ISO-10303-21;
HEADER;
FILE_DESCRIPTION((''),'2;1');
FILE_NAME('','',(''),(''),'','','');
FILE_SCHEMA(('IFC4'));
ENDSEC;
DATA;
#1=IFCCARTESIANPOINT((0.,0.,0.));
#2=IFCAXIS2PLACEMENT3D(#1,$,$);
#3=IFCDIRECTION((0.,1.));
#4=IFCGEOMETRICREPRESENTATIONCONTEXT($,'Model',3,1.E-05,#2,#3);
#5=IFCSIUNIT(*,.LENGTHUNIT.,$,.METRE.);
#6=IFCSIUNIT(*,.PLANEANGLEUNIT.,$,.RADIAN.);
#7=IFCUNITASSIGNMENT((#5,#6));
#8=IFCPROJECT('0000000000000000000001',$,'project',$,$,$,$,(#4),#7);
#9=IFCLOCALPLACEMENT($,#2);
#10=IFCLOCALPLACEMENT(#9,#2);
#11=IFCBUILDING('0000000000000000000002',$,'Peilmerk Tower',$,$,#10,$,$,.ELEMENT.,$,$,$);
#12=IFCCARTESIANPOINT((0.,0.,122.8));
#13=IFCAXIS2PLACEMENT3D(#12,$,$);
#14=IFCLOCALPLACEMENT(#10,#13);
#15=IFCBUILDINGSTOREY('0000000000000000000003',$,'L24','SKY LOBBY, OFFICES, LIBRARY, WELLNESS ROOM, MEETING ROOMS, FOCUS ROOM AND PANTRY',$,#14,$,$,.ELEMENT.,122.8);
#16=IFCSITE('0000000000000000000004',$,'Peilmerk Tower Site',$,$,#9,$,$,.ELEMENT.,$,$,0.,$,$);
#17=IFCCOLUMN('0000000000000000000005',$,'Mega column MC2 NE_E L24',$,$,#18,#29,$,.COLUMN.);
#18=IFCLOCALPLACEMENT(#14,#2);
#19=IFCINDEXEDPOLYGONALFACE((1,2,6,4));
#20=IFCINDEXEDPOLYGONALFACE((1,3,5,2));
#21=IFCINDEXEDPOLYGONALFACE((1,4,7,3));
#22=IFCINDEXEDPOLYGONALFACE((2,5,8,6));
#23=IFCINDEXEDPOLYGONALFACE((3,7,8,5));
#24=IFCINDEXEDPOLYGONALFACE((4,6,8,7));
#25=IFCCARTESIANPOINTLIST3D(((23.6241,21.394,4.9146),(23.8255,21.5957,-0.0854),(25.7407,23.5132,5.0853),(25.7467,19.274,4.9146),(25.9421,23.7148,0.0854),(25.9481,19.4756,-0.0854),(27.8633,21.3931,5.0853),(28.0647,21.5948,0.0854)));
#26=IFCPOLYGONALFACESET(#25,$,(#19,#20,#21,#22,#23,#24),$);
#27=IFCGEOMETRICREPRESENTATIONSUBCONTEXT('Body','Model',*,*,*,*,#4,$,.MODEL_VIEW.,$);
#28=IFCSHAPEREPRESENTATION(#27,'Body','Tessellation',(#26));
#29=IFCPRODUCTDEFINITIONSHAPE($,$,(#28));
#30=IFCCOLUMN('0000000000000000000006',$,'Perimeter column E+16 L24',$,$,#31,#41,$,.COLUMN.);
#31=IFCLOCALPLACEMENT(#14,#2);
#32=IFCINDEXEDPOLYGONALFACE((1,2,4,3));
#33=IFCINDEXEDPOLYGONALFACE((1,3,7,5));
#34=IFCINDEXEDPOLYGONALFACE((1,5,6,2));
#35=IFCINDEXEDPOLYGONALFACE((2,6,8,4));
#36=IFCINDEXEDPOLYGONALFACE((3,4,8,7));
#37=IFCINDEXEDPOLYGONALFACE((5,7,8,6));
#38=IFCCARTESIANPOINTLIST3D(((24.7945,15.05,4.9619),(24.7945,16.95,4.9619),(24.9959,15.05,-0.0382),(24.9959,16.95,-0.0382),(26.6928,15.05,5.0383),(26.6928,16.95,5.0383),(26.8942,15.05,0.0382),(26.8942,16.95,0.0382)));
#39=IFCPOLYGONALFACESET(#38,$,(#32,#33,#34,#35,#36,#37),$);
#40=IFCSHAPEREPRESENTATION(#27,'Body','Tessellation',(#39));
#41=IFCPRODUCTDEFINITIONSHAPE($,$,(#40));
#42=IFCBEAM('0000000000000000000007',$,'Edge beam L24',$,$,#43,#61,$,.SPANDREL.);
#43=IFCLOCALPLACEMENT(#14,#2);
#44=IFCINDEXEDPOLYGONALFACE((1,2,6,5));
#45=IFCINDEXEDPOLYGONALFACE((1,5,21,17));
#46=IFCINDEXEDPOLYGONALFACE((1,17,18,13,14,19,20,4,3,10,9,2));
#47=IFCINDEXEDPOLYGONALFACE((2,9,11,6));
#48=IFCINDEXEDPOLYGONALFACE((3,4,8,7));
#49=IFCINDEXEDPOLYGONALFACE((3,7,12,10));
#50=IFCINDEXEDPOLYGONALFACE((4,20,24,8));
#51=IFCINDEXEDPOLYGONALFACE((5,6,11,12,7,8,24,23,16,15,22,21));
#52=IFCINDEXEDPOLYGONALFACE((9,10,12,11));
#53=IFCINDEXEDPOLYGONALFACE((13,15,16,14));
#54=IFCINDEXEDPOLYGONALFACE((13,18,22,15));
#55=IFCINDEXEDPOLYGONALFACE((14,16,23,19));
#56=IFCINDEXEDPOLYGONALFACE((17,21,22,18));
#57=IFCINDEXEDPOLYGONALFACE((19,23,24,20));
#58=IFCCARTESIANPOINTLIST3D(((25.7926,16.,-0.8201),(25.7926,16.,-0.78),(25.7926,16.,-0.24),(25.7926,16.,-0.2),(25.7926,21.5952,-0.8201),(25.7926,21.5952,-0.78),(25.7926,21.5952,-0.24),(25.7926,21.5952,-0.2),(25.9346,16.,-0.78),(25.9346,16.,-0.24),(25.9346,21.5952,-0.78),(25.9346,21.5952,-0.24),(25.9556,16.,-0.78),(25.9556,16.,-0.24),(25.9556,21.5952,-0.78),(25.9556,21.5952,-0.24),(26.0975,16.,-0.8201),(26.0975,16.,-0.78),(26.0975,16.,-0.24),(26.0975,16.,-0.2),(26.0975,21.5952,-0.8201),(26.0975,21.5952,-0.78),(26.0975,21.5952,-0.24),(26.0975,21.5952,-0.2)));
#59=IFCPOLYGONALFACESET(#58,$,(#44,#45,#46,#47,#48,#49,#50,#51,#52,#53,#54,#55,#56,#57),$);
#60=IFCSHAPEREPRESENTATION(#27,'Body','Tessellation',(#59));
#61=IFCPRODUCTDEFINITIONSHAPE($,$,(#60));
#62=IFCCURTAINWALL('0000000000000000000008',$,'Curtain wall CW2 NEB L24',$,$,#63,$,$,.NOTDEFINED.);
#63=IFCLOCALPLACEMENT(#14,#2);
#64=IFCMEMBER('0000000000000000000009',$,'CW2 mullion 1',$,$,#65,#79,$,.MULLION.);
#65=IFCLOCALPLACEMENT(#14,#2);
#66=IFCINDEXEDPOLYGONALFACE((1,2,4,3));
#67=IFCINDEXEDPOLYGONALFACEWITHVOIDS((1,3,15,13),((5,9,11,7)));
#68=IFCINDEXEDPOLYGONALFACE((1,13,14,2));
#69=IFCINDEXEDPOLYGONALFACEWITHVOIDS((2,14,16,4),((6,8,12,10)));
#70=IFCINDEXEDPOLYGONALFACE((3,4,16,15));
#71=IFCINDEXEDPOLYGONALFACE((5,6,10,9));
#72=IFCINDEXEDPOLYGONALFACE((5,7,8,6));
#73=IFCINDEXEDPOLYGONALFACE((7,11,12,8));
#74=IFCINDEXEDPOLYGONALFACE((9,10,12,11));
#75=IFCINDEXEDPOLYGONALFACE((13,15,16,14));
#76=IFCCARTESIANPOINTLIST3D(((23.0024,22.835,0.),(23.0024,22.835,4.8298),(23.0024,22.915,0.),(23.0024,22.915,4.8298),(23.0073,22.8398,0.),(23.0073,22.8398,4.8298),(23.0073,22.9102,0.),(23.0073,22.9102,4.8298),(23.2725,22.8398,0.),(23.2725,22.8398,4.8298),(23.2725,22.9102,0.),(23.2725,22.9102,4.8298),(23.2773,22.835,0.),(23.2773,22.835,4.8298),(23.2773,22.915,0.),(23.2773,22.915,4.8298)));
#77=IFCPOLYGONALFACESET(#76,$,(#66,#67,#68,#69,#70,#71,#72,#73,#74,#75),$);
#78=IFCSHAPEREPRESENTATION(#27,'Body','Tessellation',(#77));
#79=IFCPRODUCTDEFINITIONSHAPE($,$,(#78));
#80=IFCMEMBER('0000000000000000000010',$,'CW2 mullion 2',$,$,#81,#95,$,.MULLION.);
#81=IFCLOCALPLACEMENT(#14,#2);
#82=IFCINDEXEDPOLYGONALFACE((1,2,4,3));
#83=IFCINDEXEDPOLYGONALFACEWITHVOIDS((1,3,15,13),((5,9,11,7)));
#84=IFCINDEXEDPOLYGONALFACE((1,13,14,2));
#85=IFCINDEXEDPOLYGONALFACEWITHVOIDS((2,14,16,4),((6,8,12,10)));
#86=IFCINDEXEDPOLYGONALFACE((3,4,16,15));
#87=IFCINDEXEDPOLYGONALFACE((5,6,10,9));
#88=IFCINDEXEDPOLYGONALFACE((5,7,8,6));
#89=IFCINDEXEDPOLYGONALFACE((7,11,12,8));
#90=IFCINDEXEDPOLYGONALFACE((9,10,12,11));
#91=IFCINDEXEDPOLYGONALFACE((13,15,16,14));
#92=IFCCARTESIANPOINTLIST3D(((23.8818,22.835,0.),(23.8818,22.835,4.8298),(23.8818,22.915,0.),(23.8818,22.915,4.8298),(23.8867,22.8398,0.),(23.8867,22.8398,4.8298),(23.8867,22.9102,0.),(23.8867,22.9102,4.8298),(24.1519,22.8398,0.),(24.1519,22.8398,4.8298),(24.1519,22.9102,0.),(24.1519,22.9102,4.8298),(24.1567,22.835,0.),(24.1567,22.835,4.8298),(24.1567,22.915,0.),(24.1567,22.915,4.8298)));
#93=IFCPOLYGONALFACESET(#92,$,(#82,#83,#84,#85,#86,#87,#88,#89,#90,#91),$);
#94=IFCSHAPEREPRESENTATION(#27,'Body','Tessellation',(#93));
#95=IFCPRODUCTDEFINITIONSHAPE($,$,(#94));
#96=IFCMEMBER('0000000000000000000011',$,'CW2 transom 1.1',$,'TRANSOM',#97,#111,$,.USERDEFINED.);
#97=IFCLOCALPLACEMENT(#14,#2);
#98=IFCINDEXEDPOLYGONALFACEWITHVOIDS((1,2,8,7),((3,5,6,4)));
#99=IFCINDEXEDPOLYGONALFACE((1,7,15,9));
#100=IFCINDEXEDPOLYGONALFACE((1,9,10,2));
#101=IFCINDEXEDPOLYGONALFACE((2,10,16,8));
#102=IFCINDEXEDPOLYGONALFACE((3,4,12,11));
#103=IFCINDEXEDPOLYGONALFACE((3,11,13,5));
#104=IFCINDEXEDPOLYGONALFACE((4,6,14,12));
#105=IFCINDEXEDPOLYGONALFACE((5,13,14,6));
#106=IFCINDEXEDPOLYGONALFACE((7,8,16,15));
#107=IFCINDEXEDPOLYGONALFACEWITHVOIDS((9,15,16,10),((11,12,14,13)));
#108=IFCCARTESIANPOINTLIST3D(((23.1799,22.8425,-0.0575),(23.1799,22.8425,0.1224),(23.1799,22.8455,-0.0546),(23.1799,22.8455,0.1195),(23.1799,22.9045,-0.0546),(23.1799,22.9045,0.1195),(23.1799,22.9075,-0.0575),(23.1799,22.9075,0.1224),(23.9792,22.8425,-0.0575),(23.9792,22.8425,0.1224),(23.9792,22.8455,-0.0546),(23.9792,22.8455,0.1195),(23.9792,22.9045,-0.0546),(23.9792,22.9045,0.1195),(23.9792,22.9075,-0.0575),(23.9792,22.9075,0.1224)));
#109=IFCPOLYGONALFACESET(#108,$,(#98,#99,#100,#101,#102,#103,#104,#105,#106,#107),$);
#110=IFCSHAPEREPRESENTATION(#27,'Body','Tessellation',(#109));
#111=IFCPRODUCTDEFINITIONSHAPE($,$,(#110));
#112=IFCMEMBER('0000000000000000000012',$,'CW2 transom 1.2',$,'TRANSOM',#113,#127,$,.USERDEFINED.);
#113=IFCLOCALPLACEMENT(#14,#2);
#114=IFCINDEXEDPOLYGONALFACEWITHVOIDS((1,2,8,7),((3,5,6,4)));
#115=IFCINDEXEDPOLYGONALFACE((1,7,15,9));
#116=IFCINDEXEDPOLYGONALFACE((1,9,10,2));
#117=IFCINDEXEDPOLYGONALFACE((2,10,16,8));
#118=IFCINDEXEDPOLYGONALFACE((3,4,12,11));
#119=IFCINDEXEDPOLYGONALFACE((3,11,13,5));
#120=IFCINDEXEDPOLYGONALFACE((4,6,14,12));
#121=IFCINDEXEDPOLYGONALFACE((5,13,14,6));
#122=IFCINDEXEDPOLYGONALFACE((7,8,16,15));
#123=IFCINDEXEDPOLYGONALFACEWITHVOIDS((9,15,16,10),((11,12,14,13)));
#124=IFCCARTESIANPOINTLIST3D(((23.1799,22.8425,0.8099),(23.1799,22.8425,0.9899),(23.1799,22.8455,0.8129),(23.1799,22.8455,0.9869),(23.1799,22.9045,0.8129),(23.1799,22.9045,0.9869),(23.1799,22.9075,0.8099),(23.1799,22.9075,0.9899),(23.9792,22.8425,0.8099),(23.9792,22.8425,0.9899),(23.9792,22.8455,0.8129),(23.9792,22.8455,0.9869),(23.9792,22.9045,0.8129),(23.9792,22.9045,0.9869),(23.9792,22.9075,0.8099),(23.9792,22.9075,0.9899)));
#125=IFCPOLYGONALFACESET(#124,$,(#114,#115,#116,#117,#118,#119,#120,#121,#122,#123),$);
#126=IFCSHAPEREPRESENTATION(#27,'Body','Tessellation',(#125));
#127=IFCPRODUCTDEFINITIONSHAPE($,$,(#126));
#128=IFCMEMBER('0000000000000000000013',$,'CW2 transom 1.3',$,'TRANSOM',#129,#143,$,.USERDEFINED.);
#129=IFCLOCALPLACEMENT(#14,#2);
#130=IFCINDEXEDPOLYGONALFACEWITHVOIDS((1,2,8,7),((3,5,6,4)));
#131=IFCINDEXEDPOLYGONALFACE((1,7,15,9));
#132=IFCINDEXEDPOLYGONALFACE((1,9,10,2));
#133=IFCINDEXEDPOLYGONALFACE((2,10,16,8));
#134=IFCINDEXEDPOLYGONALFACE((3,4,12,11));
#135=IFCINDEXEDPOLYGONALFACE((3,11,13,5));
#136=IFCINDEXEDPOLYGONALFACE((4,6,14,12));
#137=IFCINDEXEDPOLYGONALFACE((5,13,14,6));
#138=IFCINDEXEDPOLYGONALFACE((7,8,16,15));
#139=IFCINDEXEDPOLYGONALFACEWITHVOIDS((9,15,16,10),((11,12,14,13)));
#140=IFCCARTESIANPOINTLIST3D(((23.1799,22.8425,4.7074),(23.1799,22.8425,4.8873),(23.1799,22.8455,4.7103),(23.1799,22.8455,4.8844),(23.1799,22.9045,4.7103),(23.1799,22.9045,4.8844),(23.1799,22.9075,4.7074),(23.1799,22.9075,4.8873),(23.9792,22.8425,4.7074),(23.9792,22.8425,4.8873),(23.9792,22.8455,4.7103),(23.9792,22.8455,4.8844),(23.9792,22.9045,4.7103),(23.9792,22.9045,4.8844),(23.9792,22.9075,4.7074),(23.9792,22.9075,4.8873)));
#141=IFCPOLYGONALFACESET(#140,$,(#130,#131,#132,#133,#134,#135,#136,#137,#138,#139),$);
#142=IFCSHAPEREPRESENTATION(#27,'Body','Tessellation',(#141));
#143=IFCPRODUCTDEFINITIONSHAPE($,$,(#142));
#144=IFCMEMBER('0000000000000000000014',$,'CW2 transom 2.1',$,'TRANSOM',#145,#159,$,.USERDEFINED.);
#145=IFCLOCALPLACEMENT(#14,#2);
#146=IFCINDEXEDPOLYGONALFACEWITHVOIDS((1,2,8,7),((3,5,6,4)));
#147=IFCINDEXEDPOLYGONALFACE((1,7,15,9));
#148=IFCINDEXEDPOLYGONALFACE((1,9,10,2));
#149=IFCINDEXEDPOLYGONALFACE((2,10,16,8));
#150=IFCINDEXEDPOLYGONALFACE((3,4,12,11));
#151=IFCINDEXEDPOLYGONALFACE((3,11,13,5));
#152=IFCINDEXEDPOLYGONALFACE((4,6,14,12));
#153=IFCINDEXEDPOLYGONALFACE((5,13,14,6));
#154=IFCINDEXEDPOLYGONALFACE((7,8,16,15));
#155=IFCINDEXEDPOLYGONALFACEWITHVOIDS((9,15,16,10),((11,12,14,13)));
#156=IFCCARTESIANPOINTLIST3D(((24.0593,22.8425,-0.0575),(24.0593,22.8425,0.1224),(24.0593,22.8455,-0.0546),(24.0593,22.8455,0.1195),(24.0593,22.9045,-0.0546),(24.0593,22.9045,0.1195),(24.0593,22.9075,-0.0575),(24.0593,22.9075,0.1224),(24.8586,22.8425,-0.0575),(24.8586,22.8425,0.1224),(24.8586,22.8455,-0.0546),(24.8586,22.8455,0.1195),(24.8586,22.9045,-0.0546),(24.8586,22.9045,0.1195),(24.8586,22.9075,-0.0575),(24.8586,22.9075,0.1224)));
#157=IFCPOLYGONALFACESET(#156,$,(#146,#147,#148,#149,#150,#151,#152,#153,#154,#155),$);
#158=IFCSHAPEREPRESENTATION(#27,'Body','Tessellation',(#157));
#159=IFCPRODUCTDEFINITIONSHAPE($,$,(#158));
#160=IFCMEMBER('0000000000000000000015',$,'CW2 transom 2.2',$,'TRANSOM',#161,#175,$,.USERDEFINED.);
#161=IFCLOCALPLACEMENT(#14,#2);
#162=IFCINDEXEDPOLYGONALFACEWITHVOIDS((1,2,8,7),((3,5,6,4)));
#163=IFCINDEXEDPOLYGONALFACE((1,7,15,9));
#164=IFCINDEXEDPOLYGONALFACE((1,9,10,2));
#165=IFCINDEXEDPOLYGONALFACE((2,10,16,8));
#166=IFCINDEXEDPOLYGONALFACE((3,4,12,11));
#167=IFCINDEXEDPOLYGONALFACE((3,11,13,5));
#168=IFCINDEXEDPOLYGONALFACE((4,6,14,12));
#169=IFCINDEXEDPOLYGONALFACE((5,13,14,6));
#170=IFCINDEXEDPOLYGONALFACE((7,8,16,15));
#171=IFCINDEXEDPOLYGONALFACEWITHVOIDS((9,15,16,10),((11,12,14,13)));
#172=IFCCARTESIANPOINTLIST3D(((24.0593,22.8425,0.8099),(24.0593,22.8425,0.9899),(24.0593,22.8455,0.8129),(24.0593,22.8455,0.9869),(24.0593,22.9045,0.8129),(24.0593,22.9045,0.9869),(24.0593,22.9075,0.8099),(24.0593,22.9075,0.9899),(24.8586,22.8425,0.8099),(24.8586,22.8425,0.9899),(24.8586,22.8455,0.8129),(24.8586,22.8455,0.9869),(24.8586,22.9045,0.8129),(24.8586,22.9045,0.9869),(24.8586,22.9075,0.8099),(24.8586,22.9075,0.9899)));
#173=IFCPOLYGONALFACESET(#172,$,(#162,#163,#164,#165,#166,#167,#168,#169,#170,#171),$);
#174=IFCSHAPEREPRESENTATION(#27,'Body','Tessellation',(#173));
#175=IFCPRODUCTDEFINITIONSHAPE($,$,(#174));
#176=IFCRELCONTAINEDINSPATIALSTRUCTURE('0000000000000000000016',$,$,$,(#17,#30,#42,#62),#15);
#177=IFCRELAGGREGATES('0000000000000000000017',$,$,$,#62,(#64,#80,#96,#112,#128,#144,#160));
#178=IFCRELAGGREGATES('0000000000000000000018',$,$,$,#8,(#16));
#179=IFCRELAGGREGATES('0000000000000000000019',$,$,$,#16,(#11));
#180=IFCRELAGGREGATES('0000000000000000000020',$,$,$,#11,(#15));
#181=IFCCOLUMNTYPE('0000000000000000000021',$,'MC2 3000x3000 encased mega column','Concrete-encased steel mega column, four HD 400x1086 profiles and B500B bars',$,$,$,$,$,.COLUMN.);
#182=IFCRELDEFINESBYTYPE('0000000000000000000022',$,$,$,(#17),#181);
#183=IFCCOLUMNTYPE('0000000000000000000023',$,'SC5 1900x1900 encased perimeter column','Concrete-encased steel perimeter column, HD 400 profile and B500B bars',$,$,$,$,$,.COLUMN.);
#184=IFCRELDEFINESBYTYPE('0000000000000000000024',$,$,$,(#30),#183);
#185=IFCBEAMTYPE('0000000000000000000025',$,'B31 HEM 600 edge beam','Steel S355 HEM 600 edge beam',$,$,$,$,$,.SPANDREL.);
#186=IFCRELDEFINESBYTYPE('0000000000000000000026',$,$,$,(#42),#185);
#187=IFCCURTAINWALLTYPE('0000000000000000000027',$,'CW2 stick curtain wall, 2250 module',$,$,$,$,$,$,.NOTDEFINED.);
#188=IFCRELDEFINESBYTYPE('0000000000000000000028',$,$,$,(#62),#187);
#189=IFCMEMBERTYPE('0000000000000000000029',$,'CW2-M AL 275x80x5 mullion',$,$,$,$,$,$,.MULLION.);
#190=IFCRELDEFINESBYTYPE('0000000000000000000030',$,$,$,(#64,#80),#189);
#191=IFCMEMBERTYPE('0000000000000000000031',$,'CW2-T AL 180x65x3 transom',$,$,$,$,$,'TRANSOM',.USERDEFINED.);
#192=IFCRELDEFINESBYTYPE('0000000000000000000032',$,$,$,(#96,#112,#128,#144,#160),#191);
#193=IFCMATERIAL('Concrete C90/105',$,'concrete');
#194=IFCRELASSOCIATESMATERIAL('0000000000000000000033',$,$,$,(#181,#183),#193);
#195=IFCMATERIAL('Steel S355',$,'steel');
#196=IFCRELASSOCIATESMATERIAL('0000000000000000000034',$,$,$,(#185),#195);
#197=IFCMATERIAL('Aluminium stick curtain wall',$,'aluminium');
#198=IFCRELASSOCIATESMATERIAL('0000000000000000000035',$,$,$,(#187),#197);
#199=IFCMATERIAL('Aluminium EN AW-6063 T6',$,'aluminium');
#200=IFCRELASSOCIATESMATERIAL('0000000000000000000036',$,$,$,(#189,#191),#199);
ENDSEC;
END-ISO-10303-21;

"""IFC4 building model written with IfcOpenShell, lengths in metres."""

from ifc_helpers import new_model, si_unit, direction, frame, origin, origin_2d, place, context, subcontext, project, spatial, rectangle, hollow_rectangle, i_section, extrude, material, material_profile, profile_set, type_object, element, aggregate, save


model = new_model("IFC4")

# Units and contexts
model_context = context("Model", 3, precision=1e-05, world=origin(), true_north=direction((0.0, 1.0)))
body_context = subcontext(model_context, "Body", "Model", "MODEL_VIEW")
ifc_project = project(units=[si_unit("LENGTHUNIT", "METRE"), si_unit("PLANEANGLEUNIT", "RADIAN")], contexts=[model_context])

# Site, building, storey
site_placement = place(None, origin())
site = spatial("IfcSite", under=ifc_project, at=site_placement, Name="Peilmerk Tower Site", CompositionType="ELEMENT", RefElevation=0.0)
building_placement = place(site_placement, origin())
building = spatial("IfcBuilding", under=site, at=building_placement, Name="Peilmerk Tower", CompositionType="ELEMENT")
storey_placement = place(building_placement, frame((0.0, 0.0, 122.8)))
storey = spatial("IfcBuildingStorey", under=building, at=storey_placement, Name="L24", Description="SKY LOBBY, OFFICES, LIBRARY, WELLNESS ROOM, MEETING ROOMS, FOCUS ROOM AND PANTRY", CompositionType="ELEMENT", Elevation=122.8)

# Columns
ifc_material_1 = material(Name="Concrete C90/105", Category="concrete")
ifc_material_profile_1 = material_profile(ifc_material_1, rectangle(XDim=3.0, YDim=3.0, at=origin_2d()), Name="RC 3000x3000")
ifc_profile_set_1 = profile_set([ifc_material_profile_1], Name="Concrete C90/105")
column_type_1 = type_object("IfcColumnType", Name="MC2 3000x3000 encased mega column", Description="Concrete-encased steel mega column, four HD 400x1086 profiles and B500B bars", PredefinedType="COLUMN", material=ifc_profile_set_1)
column_1_placement = place(storey_placement, frame((25.9451, 21.5952, 0.0), z_axis=(-0.040218, -0.040267, 0.998379), x_axis=(0.707535, -0.706678, 0.0)))
element("IfcColumn", 1, at=column_1_placement, inside=storey, type_object=column_type_1, Name="Mega column MC2 NE_E L24", PredefinedType="COLUMN", context=body_context, shape_type="SweptSolid", body=[
    extrude(rectangle(XDim=3.0, YDim=3.0, at=origin_2d()), origin(), (0.0, 0.0, 1.0), 5.0081),
])
ifc_material_profile_2 = material_profile(ifc_material_1, rectangle(XDim=1.8999, YDim=1.8999, at=origin_2d()), Name="RC 1900x1900")
ifc_profile_set_2 = profile_set([ifc_material_profile_2], Name="Concrete C90/105")
column_type_2 = type_object("IfcColumnType", Name="SC5 1900x1900 encased perimeter column", Description="Concrete-encased steel perimeter column, HD 400 profile and B500B bars", PredefinedType="COLUMN", material=ifc_profile_set_2)
column_2_placement = place(storey_placement, frame((25.9451, 16.0, 0.0), z_axis=(-0.040251, 0.0, 0.99919), x_axis=(0.0, -1.0, 0.0)))
element("IfcColumn", 2, at=column_2_placement, inside=storey, type_object=column_type_2, Name="Perimeter column E+16 L24", PredefinedType="COLUMN", context=body_context, shape_type="SweptSolid", body=[
    extrude(rectangle(XDim=1.8999, YDim=1.8999, at=origin_2d()), origin(), (0.0, 0.0, 1.0), 5.0042),
])

# Beam
ifc_material_2 = material(Name="Steel S355", Category="steel")
ifc_material_profile_3 = material_profile(ifc_material_2, i_section(OverallWidth=0.3049, OverallDepth=0.6201, WebThickness=0.021, FlangeThickness=0.04, at=origin_2d()), Name="HEM 600")
ifc_profile_set_3 = profile_set([ifc_material_profile_3], Name="Steel S355")
beam_type = type_object("IfcBeamType", Name="B31 HEM 600 edge beam", Description="Steel S355 HEM 600 edge beam", PredefinedType="SPANDREL", material=ifc_profile_set_3)
beam_placement = place(storey_placement, frame((25.9451, 16.0, -0.51), z_axis=(0.0, 1.0, 0.0), x_axis=(-1.0, 0.0, 0.0)))
element("IfcBeam", 3, at=beam_placement, inside=storey, type_object=beam_type, Name="Edge beam L24", PredefinedType="SPANDREL", context=body_context, shape_type="SweptSolid", body=[
    extrude(i_section(OverallWidth=0.3049, OverallDepth=0.6201, WebThickness=0.021, FlangeThickness=0.04, at=origin_2d()), origin(), (0.0, 0.0, 1.0), 5.5952),
])

# Curtain wall, members
ifc_material_3 = material(Name="Aluminium stick curtain wall", Category="aluminium")
curtain_wall_type = type_object("IfcCurtainWallType", Name="CW2 stick curtain wall, 2250 module", PredefinedType="NOTDEFINED", material=ifc_material_3)
curtain_wall_placement = place(storey_placement, origin())
curtain_wall = element("IfcCurtainWall", 4, at=curtain_wall_placement, inside=storey, type_object=curtain_wall_type, Name="Curtain wall CW2 NEB L24", PredefinedType="NOTDEFINED")
ifc_material_4 = material(Name="Aluminium EN AW-6063 T6", Category="aluminium")
ifc_material_profile_4 = material_profile(ifc_material_4, hollow_rectangle(XDim=0.0801, YDim=0.2749, WallThickness=0.0049, at=origin_2d()), Name="AL 275x80x5")
ifc_profile_set_4 = profile_set([ifc_material_profile_4], Name="Aluminium EN AW-6063 T6")
member_type_1 = type_object("IfcMemberType", Name="CW2-M AL 275x80x5 mullion", PredefinedType="MULLION", material=ifc_profile_set_4)
member_1_placement = place(storey_placement, frame((23.1399, 22.875, 0.0), z_axis=(0.0, 0.0, 1.0), x_axis=(0.0, 1.0, 0.0)))
member_1 = element("IfcMember", 5, at=member_1_placement, type_object=member_type_1, Name="CW2 mullion 1", PredefinedType="MULLION", context=body_context, shape_type="SweptSolid", body=[
    extrude(hollow_rectangle(XDim=0.0801, YDim=0.2749, WallThickness=0.0049, at=origin_2d()), origin(), (0.0, 0.0, 1.0), 4.8298),
])
member_2_placement = place(storey_placement, frame((24.0193, 22.875, 0.0), z_axis=(0.0, 0.0, 1.0), x_axis=(0.0, 1.0, 0.0)))
member_2 = element("IfcMember", 6, at=member_2_placement, type_object=member_type_1, Name="CW2 mullion 2", PredefinedType="MULLION", context=body_context, shape_type="SweptSolid", body=[
    extrude(hollow_rectangle(XDim=0.0801, YDim=0.2749, WallThickness=0.0049, at=origin_2d()), origin(), (0.0, 0.0, 1.0), 4.8298),
])
ifc_material_profile_5 = material_profile(ifc_material_4, hollow_rectangle(XDim=0.0649, YDim=0.1799, WallThickness=0.0029, at=origin_2d()), Name="AL 180x65x3")
ifc_profile_set_5 = profile_set([ifc_material_profile_5], Name="Aluminium EN AW-6063 T6")
member_type_2 = type_object("IfcMemberType", Name="CW2-T AL 180x65x3 transom", ElementType="TRANSOM", PredefinedType="USERDEFINED", material=ifc_profile_set_5)
member_3_placement = place(storey_placement, frame((23.1799, 22.875, 0.0325), z_axis=(1.0, 0.0, 0.0), x_axis=(0.0, 1.0, 0.0)))
member_3 = element("IfcMember", 7, at=member_3_placement, type_object=member_type_2, Name="CW2 transom 1.1", ObjectType="TRANSOM", PredefinedType="USERDEFINED", context=body_context, shape_type="SweptSolid", body=[
    extrude(hollow_rectangle(XDim=0.0649, YDim=0.1799, WallThickness=0.0029, at=origin_2d()), origin(), (0.0, 0.0, 1.0), 0.7993),
])
member_4_placement = place(storey_placement, frame((23.1799, 22.875, 0.8999), z_axis=(1.0, 0.0, 0.0), x_axis=(0.0, 1.0, 0.0)))
member_4 = element("IfcMember", 8, at=member_4_placement, type_object=member_type_2, Name="CW2 transom 1.2", ObjectType="TRANSOM", PredefinedType="USERDEFINED", context=body_context, shape_type="SweptSolid", body=[
    extrude(hollow_rectangle(XDim=0.0649, YDim=0.1799, WallThickness=0.0029, at=origin_2d()), origin(), (0.0, 0.0, 1.0), 0.7993),
])
member_5_placement = place(storey_placement, frame((23.1799, 22.875, 4.7974), z_axis=(1.0, 0.0, 0.0), x_axis=(0.0, 1.0, 0.0)))
member_5 = element("IfcMember", 9, at=member_5_placement, type_object=member_type_2, Name="CW2 transom 1.3", ObjectType="TRANSOM", PredefinedType="USERDEFINED", context=body_context, shape_type="SweptSolid", body=[
    extrude(hollow_rectangle(XDim=0.0649, YDim=0.1799, WallThickness=0.0029, at=origin_2d()), origin(), (0.0, 0.0, 1.0), 0.7993),
])
member_6_placement = place(storey_placement, frame((24.0593, 22.875, 0.0325), z_axis=(1.0, 0.0, 0.0), x_axis=(0.0, 1.0, 0.0)))
member_6 = element("IfcMember", 10, at=member_6_placement, type_object=member_type_2, Name="CW2 transom 2.1", ObjectType="TRANSOM", PredefinedType="USERDEFINED", context=body_context, shape_type="SweptSolid", body=[
    extrude(hollow_rectangle(XDim=0.0649, YDim=0.1799, WallThickness=0.0029, at=origin_2d()), origin(), (0.0, 0.0, 1.0), 0.7993),
])
member_7_placement = place(storey_placement, frame((24.0593, 22.875, 0.8999), z_axis=(1.0, 0.0, 0.0), x_axis=(0.0, 1.0, 0.0)))
member_7 = element("IfcMember", 11, at=member_7_placement, type_object=member_type_2, Name="CW2 transom 2.2", ObjectType="TRANSOM", PredefinedType="USERDEFINED", context=body_context, shape_type="SweptSolid", body=[
    extrude(hollow_rectangle(XDim=0.0649, YDim=0.1799, WallThickness=0.0029, at=origin_2d()), origin(), (0.0, 0.0, 1.0), 0.7993),
])
aggregate(curtain_wall, [member_1, member_2, member_3, member_4, member_5, member_6, member_7])

save(model, "model.ifc")
